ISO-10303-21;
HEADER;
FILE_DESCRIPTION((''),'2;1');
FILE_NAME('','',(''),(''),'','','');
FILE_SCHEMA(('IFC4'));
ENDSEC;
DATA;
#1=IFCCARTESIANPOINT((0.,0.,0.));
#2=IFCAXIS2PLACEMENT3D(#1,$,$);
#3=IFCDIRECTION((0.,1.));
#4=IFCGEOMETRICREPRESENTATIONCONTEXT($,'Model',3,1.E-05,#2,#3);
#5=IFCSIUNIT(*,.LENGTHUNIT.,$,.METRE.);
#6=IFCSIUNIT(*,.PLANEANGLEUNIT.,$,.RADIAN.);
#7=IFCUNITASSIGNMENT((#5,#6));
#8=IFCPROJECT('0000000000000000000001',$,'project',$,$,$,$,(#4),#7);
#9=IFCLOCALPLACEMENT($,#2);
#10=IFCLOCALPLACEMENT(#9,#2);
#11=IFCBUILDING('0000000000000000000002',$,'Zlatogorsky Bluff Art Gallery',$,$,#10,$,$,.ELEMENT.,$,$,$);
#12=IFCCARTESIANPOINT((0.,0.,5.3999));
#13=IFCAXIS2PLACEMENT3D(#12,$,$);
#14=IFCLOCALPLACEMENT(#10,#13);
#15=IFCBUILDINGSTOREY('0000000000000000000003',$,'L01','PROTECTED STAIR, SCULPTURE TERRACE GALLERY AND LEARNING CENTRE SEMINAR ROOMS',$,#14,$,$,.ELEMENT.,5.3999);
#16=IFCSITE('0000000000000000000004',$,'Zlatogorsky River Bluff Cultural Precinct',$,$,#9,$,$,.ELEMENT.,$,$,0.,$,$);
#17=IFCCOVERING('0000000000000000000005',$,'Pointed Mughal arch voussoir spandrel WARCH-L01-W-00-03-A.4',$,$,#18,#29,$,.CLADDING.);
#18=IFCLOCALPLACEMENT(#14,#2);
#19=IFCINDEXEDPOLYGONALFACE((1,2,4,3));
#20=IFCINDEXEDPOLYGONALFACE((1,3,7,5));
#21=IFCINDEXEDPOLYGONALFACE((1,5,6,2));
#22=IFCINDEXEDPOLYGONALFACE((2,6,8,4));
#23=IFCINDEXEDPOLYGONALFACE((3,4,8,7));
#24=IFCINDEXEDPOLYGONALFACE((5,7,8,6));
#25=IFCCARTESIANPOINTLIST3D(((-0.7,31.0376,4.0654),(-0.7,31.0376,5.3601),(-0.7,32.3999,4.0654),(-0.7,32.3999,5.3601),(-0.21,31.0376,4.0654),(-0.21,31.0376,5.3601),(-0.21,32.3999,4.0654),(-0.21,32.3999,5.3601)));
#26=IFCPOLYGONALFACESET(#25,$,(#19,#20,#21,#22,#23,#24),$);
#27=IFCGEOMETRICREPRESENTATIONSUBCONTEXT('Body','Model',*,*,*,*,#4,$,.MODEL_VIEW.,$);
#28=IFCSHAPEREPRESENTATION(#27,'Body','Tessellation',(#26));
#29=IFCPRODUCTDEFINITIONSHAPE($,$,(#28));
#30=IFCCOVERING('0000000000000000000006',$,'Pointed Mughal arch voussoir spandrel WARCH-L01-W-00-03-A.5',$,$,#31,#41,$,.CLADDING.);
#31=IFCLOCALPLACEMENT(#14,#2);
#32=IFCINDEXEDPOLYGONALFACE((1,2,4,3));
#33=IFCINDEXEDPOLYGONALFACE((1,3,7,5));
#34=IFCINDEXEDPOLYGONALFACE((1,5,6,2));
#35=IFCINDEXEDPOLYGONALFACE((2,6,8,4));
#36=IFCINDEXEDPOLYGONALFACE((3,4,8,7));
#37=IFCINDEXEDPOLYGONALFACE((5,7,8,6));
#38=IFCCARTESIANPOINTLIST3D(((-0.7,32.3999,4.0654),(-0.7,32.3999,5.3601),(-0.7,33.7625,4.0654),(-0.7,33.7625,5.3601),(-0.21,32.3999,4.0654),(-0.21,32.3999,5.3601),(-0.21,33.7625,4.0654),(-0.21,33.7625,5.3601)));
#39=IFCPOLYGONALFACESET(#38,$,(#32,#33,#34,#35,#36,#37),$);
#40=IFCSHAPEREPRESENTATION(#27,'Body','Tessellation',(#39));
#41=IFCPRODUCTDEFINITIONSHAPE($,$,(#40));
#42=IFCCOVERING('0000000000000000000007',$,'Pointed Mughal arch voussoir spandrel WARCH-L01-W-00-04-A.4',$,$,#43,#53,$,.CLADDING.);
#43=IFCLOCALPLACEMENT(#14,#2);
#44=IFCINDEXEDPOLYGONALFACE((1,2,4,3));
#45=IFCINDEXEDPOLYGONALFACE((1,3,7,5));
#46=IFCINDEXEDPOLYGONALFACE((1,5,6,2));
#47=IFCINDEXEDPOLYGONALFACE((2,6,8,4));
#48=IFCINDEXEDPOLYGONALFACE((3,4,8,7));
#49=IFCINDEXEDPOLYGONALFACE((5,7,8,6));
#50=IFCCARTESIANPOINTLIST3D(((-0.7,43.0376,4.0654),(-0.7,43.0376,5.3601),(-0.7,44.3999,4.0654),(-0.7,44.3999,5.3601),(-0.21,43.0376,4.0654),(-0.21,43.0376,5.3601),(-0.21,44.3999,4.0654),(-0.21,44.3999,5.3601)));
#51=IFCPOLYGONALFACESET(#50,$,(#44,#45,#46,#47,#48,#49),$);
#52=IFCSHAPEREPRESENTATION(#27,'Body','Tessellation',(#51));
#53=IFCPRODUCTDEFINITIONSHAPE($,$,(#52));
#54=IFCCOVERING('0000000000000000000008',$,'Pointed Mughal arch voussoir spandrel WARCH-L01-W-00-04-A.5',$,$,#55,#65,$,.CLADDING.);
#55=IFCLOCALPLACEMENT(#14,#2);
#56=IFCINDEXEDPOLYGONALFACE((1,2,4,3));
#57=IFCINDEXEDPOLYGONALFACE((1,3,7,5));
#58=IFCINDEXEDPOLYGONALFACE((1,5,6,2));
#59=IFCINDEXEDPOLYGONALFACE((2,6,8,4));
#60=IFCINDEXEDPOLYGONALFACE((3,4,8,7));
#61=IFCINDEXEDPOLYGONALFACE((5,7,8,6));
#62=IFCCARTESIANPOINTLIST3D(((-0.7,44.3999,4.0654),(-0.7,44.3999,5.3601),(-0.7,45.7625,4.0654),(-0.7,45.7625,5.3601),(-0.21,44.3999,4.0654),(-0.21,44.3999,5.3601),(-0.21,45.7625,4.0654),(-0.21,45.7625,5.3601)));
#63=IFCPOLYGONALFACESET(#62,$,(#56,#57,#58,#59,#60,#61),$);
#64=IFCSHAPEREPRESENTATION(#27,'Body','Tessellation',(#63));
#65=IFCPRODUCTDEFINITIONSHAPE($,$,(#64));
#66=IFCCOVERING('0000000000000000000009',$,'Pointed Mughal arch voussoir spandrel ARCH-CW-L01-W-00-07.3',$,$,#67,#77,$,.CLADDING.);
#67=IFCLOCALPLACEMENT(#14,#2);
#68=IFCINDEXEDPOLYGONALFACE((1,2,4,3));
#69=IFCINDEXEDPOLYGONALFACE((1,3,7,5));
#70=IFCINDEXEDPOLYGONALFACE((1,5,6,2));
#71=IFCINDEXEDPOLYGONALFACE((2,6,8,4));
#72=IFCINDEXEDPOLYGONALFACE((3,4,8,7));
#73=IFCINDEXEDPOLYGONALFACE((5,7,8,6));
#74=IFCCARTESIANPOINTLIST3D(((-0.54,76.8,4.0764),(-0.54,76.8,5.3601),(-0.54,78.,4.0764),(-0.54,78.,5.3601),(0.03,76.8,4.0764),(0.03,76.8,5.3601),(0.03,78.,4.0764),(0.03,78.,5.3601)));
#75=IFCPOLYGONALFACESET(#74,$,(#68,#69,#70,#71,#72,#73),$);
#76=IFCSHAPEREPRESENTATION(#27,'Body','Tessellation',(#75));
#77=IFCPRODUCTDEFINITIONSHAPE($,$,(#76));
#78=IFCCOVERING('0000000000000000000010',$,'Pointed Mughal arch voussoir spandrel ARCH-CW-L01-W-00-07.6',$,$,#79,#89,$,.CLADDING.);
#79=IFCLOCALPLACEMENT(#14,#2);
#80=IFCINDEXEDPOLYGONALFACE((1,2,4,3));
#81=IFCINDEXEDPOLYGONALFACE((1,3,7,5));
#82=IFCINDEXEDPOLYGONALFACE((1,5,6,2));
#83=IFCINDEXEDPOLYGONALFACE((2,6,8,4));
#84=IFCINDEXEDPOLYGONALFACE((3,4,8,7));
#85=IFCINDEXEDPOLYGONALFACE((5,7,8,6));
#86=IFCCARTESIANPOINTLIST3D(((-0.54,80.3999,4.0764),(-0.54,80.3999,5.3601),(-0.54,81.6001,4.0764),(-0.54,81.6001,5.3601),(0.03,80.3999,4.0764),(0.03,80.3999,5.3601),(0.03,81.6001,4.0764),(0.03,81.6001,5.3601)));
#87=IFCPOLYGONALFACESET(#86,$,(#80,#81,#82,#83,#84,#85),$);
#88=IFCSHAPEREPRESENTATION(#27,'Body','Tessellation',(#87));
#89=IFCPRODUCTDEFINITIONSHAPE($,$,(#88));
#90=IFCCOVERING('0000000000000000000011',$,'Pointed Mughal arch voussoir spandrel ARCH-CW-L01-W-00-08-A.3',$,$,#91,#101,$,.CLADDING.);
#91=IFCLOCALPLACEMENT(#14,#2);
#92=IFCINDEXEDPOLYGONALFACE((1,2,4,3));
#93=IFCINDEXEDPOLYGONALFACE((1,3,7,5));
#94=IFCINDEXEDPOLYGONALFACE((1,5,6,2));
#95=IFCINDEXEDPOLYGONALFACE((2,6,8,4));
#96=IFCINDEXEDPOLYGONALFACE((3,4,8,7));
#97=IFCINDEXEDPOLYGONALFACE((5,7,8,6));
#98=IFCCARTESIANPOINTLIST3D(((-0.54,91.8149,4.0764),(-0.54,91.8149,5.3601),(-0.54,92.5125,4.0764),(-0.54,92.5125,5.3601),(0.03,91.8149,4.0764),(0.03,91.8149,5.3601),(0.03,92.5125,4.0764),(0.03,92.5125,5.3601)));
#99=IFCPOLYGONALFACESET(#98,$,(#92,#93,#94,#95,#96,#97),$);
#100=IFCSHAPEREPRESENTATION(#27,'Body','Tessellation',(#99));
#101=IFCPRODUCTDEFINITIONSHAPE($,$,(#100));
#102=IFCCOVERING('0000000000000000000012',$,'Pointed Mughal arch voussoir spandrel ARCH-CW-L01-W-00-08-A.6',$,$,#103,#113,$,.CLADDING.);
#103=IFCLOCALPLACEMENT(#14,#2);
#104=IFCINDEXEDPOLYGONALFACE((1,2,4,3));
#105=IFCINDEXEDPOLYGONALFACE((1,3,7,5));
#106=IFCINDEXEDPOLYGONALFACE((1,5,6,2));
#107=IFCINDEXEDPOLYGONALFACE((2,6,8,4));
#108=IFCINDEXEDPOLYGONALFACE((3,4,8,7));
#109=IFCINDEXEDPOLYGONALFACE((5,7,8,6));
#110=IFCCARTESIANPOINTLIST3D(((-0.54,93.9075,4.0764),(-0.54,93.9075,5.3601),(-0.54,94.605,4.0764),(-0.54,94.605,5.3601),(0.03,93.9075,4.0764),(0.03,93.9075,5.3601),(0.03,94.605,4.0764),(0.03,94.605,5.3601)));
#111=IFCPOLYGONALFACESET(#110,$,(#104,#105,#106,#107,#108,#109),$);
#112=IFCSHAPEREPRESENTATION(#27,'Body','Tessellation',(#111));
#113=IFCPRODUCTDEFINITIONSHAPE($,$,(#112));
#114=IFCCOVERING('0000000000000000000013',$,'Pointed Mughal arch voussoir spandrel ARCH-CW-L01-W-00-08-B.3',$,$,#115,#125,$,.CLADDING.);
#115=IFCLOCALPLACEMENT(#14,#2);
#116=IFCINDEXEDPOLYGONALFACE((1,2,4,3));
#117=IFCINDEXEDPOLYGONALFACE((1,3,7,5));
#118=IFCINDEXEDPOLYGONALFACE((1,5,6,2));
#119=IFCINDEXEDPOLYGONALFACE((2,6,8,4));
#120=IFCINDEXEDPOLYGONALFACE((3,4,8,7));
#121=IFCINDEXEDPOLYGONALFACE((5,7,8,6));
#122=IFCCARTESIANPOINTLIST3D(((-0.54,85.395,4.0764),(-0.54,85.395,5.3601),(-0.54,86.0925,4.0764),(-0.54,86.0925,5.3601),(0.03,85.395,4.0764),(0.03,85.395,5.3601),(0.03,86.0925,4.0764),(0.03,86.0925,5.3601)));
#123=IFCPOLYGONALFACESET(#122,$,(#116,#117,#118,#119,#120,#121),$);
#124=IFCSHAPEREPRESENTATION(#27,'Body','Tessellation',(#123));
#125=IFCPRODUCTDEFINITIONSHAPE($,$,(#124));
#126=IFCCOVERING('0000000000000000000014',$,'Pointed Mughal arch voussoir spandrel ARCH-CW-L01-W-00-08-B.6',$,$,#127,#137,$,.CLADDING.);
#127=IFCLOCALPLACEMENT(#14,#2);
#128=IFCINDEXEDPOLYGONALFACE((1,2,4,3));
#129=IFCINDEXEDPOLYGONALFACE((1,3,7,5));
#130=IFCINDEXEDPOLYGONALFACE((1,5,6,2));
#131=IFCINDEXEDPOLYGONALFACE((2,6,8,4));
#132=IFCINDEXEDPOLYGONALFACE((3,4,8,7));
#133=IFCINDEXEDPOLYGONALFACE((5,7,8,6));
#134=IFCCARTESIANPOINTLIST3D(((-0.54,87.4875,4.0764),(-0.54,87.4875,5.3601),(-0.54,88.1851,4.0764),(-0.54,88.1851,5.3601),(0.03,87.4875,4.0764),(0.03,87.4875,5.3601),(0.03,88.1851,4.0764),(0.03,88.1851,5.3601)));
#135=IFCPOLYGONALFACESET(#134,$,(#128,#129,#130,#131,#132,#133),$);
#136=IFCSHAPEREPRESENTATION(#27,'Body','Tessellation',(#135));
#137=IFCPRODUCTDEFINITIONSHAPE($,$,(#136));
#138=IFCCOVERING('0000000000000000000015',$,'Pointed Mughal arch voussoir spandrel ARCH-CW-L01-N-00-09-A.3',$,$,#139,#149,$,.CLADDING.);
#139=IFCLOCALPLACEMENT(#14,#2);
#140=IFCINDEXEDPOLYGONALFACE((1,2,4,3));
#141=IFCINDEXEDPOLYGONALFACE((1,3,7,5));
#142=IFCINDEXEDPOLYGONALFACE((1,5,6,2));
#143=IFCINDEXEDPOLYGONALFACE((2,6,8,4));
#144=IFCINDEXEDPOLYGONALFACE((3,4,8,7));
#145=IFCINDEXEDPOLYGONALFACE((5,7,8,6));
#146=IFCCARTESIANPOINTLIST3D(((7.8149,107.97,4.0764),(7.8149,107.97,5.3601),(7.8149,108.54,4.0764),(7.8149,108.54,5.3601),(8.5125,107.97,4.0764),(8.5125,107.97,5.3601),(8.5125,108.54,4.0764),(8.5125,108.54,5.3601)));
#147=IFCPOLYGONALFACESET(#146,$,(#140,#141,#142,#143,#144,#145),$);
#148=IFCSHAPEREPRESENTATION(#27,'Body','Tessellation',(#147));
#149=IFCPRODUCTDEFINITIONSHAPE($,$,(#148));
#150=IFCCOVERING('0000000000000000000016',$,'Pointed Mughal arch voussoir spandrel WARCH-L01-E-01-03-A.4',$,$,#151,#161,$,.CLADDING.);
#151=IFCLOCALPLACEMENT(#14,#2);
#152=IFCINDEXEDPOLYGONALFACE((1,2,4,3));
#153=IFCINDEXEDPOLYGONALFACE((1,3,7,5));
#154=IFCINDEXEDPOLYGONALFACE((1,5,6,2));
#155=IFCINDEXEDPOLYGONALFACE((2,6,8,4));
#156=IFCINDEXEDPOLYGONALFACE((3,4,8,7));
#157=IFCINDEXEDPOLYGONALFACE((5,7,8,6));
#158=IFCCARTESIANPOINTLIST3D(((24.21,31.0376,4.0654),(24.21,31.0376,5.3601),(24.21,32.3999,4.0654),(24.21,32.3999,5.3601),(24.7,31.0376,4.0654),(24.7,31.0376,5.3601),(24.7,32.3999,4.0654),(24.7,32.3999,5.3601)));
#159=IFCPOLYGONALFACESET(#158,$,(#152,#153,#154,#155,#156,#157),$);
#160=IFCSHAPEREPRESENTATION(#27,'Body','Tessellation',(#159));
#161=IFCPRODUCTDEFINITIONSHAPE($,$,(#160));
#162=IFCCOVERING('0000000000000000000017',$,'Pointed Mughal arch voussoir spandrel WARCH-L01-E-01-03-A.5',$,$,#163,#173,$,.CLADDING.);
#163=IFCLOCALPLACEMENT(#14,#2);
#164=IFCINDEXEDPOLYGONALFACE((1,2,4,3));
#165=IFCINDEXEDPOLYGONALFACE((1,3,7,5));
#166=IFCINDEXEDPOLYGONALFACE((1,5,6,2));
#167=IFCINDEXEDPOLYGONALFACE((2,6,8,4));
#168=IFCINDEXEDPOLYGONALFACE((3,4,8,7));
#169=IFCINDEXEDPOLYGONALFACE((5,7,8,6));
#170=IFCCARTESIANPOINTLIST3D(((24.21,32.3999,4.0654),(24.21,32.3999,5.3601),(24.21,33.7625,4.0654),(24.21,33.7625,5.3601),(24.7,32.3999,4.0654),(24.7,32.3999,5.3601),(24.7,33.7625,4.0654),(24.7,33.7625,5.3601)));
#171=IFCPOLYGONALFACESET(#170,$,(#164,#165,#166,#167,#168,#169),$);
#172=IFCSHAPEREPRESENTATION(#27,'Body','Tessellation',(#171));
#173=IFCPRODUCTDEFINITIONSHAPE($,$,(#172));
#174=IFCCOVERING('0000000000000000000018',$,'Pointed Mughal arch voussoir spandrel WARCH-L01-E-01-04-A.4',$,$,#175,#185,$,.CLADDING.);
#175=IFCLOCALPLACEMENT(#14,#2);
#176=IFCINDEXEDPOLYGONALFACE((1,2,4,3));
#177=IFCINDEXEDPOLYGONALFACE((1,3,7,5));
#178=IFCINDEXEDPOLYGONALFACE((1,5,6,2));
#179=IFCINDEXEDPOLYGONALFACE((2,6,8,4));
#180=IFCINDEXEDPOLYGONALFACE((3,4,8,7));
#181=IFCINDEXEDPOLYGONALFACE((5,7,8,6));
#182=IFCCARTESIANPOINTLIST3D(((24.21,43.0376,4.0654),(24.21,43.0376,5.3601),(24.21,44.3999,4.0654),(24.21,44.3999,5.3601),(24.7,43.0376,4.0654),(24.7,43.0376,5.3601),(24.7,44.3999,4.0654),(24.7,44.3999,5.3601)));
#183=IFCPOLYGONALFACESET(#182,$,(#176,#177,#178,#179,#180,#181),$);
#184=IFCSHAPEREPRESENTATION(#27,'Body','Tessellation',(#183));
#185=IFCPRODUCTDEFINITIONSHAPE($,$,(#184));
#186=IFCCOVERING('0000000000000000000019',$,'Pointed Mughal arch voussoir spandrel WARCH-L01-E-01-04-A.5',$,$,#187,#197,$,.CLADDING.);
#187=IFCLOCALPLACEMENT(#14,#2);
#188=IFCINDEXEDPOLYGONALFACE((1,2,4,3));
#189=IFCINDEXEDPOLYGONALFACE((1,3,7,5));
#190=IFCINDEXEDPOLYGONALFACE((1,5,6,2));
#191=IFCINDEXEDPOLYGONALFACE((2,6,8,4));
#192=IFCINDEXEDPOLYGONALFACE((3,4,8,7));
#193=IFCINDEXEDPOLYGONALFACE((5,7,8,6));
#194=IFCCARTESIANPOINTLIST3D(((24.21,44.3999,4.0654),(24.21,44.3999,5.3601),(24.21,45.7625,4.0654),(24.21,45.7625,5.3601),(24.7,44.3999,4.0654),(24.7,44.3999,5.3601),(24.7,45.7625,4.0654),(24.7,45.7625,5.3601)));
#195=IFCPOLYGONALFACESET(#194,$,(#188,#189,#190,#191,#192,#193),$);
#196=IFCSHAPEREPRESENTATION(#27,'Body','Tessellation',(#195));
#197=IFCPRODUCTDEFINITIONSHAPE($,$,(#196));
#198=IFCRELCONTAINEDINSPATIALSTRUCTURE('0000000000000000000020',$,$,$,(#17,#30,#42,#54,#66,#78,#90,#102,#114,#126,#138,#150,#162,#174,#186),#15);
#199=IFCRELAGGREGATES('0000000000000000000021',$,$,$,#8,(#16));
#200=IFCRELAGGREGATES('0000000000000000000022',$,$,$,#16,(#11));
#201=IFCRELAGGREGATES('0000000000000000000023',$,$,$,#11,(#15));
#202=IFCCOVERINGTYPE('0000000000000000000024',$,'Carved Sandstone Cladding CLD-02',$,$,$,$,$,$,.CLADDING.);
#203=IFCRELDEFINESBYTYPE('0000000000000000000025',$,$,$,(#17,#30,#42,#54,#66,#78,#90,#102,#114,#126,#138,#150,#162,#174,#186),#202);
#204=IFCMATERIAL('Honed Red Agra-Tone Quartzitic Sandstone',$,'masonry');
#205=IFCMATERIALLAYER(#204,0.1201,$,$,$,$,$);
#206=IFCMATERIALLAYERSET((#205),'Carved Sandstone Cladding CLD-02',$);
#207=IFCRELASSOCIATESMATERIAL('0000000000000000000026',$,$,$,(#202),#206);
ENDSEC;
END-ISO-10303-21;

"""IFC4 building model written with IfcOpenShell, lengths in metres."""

from ifc_helpers import new_model, si_unit, direction, frame, origin, place, context, subcontext, project, spatial, polyline, outline, extrude, material, layer, layer_set, type_object, element, save


model = new_model("IFC4")

# Units and contexts
model_context = context("Model", 3, precision=1e-05, world=origin(), true_north=direction((0.0, 1.0)))
body_context = subcontext(model_context, "Body", "Model", "MODEL_VIEW")
ifc_project = project(units=[si_unit("LENGTHUNIT", "METRE"), si_unit("PLANEANGLEUNIT", "RADIAN")], contexts=[model_context])

# Site, building, storey
site_placement = place(None, origin())
site = spatial("IfcSite", under=ifc_project, at=site_placement, Name="Zlatogorsky River Bluff Cultural Precinct", CompositionType="ELEMENT", RefElevation=0.0)
building_placement = place(site_placement, origin())
building = spatial("IfcBuilding", under=site, at=building_placement, Name="Zlatogorsky Bluff Art Gallery", CompositionType="ELEMENT")
storey_placement = place(building_placement, frame((0.0, 0.0, 5.3999)))
storey = spatial("IfcBuildingStorey", under=building, at=storey_placement, Name="L01", Description="PROTECTED STAIR, SCULPTURE TERRACE GALLERY AND LEARNING CENTRE SEMINAR ROOMS", CompositionType="ELEMENT", Elevation=5.3999)

# Coverings
ifc_material = material(Name="Honed Red Agra-Tone Quartzitic Sandstone", Category="masonry")
ifc_layer = layer(ifc_material, 0.1201)
ifc_layer_set = layer_set([ifc_layer], Name="Carved Sandstone Cladding CLD-02")
covering_type = type_object("IfcCoveringType", Name="Carved Sandstone Cladding CLD-02", PredefinedType="CLADDING", material=ifc_layer_set)
covering_1_placement = place(storey_placement, frame((0.0, 0.0, 4.0654)))
element("IfcCovering", 1, at=covering_1_placement, inside=storey, type_object=covering_type, Name="Pointed Mughal arch voussoir spandrel WARCH-L01-W-00-03-A.4", PredefinedType="CLADDING", context=body_context, shape_type="SweptSolid", body=[
    extrude(outline(polyline([(-0.7, 31.0376), (-0.7, 32.3999), (-0.21, 32.3999), (-0.21, 31.0376), (-0.7, 31.0376)])), origin(), (0.0, 0.0, 1.0), 1.2947),
])
covering_2_placement = place(storey_placement, frame((0.0, 0.0, 4.0654)))
element("IfcCovering", 2, at=covering_2_placement, inside=storey, type_object=covering_type, Name="Pointed Mughal arch voussoir spandrel WARCH-L01-W-00-03-A.5", PredefinedType="CLADDING", context=body_context, shape_type="SweptSolid", body=[
    extrude(outline(polyline([(-0.7, 32.3999), (-0.7, 33.7625), (-0.21, 33.7625), (-0.21, 32.3999), (-0.7, 32.3999)])), origin(), (0.0, 0.0, 1.0), 1.2947),
])
covering_3_placement = place(storey_placement, frame((0.0, 0.0, 4.0654)))
element("IfcCovering", 3, at=covering_3_placement, inside=storey, type_object=covering_type, Name="Pointed Mughal arch voussoir spandrel WARCH-L01-W-00-04-A.4", PredefinedType="CLADDING", context=body_context, shape_type="SweptSolid", body=[
    extrude(outline(polyline([(-0.7, 43.0376), (-0.7, 44.3999), (-0.21, 44.3999), (-0.21, 43.0376), (-0.7, 43.0376)])), origin(), (0.0, 0.0, 1.0), 1.2947),
])
covering_4_placement = place(storey_placement, frame((0.0, 0.0, 4.0654)))
element("IfcCovering", 4, at=covering_4_placement, inside=storey, type_object=covering_type, Name="Pointed Mughal arch voussoir spandrel WARCH-L01-W-00-04-A.5", PredefinedType="CLADDING", context=body_context, shape_type="SweptSolid", body=[
    extrude(outline(polyline([(-0.7, 44.3999), (-0.7, 45.7625), (-0.21, 45.7625), (-0.21, 44.3999), (-0.7, 44.3999)])), origin(), (0.0, 0.0, 1.0), 1.2947),
])
covering_5_placement = place(storey_placement, frame((0.0, 0.0, 4.0764)))
element("IfcCovering", 5, at=covering_5_placement, inside=storey, type_object=covering_type, Name="Pointed Mughal arch voussoir spandrel ARCH-CW-L01-W-00-07.3", PredefinedType="CLADDING", context=body_context, shape_type="SweptSolid", body=[
    extrude(outline(polyline([(-0.54, 76.8), (-0.54, 78.0), (0.03, 78.0), (0.03, 76.8), (-0.54, 76.8)])), origin(), (0.0, 0.0, 1.0), 1.2837),
])
covering_6_placement = place(storey_placement, frame((0.0, 0.0, 4.0764)))
element("IfcCovering", 6, at=covering_6_placement, inside=storey, type_object=covering_type, Name="Pointed Mughal arch voussoir spandrel ARCH-CW-L01-W-00-07.6", PredefinedType="CLADDING", context=body_context, shape_type="SweptSolid", body=[
    extrude(outline(polyline([(-0.54, 80.3999), (-0.54, 81.6001), (0.03, 81.6001), (0.03, 80.3999), (-0.54, 80.3999)])), origin(), (0.0, 0.0, 1.0), 1.2837),
])
covering_7_placement = place(storey_placement, frame((0.0, 0.0, 4.0764)))
element("IfcCovering", 7, at=covering_7_placement, inside=storey, type_object=covering_type, Name="Pointed Mughal arch voussoir spandrel ARCH-CW-L01-W-00-08-A.3", PredefinedType="CLADDING", context=body_context, shape_type="SweptSolid", body=[
    extrude(outline(polyline([(-0.54, 91.8149), (-0.54, 92.5125), (0.03, 92.5125), (0.03, 91.8149), (-0.54, 91.8149)])), origin(), (0.0, 0.0, 1.0), 1.2837),
])
covering_8_placement = place(storey_placement, frame((0.0, 0.0, 4.0764)))
element("IfcCovering", 8, at=covering_8_placement, inside=storey, type_object=covering_type, Name="Pointed Mughal arch voussoir spandrel ARCH-CW-L01-W-00-08-A.6", PredefinedType="CLADDING", context=body_context, shape_type="SweptSolid", body=[
    extrude(outline(polyline([(-0.54, 93.9075), (-0.54, 94.605), (0.03, 94.605), (0.03, 93.9075), (-0.54, 93.9075)])), origin(), (0.0, 0.0, 1.0), 1.2837),
])
covering_9_placement = place(storey_placement, frame((0.0, 0.0, 4.0764)))
element("IfcCovering", 9, at=covering_9_placement, inside=storey, type_object=covering_type, Name="Pointed Mughal arch voussoir spandrel ARCH-CW-L01-W-00-08-B.3", PredefinedType="CLADDING", context=body_context, shape_type="SweptSolid", body=[
    extrude(outline(polyline([(-0.54, 85.395), (-0.54, 86.0925), (0.03, 86.0925), (0.03, 85.395), (-0.54, 85.395)])), origin(), (0.0, 0.0, 1.0), 1.2837),
])
covering_10_placement = place(storey_placement, frame((0.0, 0.0, 4.0764)))
element("IfcCovering", 10, at=covering_10_placement, inside=storey, type_object=covering_type, Name="Pointed Mughal arch voussoir spandrel ARCH-CW-L01-W-00-08-B.6", PredefinedType="CLADDING", context=body_context, shape_type="SweptSolid", body=[
    extrude(outline(polyline([(-0.54, 87.4875), (-0.54, 88.1851), (0.03, 88.1851), (0.03, 87.4875), (-0.54, 87.4875)])), origin(), (0.0, 0.0, 1.0), 1.2837),
])
covering_11_placement = place(storey_placement, frame((0.0, 0.0, 4.0764)))
element("IfcCovering", 11, at=covering_11_placement, inside=storey, type_object=covering_type, Name="Pointed Mughal arch voussoir spandrel ARCH-CW-L01-N-00-09-A.3", PredefinedType="CLADDING", context=body_context, shape_type="SweptSolid", body=[
    extrude(outline(polyline([(7.8149, 107.97), (8.5125, 107.97), (8.5125, 108.54), (7.8149, 108.54), (7.8149, 107.97)])), origin(), (0.0, 0.0, 1.0), 1.2837),
])
covering_12_placement = place(storey_placement, frame((0.0, 0.0, 4.0654)))
element("IfcCovering", 12, at=covering_12_placement, inside=storey, type_object=covering_type, Name="Pointed Mughal arch voussoir spandrel WARCH-L01-E-01-03-A.4", PredefinedType="CLADDING", context=body_context, shape_type="SweptSolid", body=[
    extrude(outline(polyline([(24.21, 31.0376), (24.21, 32.3999), (24.7, 32.3999), (24.7, 31.0376), (24.21, 31.0376)])), origin(), (0.0, 0.0, 1.0), 1.2947),
])
covering_13_placement = place(storey_placement, frame((0.0, 0.0, 4.0654)))
element("IfcCovering", 13, at=covering_13_placement, inside=storey, type_object=covering_type, Name="Pointed Mughal arch voussoir spandrel WARCH-L01-E-01-03-A.5", PredefinedType="CLADDING", context=body_context, shape_type="SweptSolid", body=[
    extrude(outline(polyline([(24.21, 32.3999), (24.21, 33.7625), (24.7, 33.7625), (24.7, 32.3999), (24.21, 32.3999)])), origin(), (0.0, 0.0, 1.0), 1.2947),
])
covering_14_placement = place(storey_placement, frame((0.0, 0.0, 4.0654)))
element("IfcCovering", 14, at=covering_14_placement, inside=storey, type_object=covering_type, Name="Pointed Mughal arch voussoir spandrel WARCH-L01-E-01-04-A.4", PredefinedType="CLADDING", context=body_context, shape_type="SweptSolid", body=[
    extrude(outline(polyline([(24.21, 43.0376), (24.21, 44.3999), (24.7, 44.3999), (24.7, 43.0376), (24.21, 43.0376)])), origin(), (0.0, 0.0, 1.0), 1.2947),
])
covering_15_placement = place(storey_placement, frame((0.0, 0.0, 4.0654)))
element("IfcCovering", 15, at=covering_15_placement, inside=storey, type_object=covering_type, Name="Pointed Mughal arch voussoir spandrel WARCH-L01-E-01-04-A.5", PredefinedType="CLADDING", context=body_context, shape_type="SweptSolid", body=[
    extrude(outline(polyline([(24.21, 44.3999), (24.21, 45.7625), (24.7, 45.7625), (24.7, 44.3999), (24.21, 44.3999)])), origin(), (0.0, 0.0, 1.0), 1.2947),
])

save(model, "model.ifc")
